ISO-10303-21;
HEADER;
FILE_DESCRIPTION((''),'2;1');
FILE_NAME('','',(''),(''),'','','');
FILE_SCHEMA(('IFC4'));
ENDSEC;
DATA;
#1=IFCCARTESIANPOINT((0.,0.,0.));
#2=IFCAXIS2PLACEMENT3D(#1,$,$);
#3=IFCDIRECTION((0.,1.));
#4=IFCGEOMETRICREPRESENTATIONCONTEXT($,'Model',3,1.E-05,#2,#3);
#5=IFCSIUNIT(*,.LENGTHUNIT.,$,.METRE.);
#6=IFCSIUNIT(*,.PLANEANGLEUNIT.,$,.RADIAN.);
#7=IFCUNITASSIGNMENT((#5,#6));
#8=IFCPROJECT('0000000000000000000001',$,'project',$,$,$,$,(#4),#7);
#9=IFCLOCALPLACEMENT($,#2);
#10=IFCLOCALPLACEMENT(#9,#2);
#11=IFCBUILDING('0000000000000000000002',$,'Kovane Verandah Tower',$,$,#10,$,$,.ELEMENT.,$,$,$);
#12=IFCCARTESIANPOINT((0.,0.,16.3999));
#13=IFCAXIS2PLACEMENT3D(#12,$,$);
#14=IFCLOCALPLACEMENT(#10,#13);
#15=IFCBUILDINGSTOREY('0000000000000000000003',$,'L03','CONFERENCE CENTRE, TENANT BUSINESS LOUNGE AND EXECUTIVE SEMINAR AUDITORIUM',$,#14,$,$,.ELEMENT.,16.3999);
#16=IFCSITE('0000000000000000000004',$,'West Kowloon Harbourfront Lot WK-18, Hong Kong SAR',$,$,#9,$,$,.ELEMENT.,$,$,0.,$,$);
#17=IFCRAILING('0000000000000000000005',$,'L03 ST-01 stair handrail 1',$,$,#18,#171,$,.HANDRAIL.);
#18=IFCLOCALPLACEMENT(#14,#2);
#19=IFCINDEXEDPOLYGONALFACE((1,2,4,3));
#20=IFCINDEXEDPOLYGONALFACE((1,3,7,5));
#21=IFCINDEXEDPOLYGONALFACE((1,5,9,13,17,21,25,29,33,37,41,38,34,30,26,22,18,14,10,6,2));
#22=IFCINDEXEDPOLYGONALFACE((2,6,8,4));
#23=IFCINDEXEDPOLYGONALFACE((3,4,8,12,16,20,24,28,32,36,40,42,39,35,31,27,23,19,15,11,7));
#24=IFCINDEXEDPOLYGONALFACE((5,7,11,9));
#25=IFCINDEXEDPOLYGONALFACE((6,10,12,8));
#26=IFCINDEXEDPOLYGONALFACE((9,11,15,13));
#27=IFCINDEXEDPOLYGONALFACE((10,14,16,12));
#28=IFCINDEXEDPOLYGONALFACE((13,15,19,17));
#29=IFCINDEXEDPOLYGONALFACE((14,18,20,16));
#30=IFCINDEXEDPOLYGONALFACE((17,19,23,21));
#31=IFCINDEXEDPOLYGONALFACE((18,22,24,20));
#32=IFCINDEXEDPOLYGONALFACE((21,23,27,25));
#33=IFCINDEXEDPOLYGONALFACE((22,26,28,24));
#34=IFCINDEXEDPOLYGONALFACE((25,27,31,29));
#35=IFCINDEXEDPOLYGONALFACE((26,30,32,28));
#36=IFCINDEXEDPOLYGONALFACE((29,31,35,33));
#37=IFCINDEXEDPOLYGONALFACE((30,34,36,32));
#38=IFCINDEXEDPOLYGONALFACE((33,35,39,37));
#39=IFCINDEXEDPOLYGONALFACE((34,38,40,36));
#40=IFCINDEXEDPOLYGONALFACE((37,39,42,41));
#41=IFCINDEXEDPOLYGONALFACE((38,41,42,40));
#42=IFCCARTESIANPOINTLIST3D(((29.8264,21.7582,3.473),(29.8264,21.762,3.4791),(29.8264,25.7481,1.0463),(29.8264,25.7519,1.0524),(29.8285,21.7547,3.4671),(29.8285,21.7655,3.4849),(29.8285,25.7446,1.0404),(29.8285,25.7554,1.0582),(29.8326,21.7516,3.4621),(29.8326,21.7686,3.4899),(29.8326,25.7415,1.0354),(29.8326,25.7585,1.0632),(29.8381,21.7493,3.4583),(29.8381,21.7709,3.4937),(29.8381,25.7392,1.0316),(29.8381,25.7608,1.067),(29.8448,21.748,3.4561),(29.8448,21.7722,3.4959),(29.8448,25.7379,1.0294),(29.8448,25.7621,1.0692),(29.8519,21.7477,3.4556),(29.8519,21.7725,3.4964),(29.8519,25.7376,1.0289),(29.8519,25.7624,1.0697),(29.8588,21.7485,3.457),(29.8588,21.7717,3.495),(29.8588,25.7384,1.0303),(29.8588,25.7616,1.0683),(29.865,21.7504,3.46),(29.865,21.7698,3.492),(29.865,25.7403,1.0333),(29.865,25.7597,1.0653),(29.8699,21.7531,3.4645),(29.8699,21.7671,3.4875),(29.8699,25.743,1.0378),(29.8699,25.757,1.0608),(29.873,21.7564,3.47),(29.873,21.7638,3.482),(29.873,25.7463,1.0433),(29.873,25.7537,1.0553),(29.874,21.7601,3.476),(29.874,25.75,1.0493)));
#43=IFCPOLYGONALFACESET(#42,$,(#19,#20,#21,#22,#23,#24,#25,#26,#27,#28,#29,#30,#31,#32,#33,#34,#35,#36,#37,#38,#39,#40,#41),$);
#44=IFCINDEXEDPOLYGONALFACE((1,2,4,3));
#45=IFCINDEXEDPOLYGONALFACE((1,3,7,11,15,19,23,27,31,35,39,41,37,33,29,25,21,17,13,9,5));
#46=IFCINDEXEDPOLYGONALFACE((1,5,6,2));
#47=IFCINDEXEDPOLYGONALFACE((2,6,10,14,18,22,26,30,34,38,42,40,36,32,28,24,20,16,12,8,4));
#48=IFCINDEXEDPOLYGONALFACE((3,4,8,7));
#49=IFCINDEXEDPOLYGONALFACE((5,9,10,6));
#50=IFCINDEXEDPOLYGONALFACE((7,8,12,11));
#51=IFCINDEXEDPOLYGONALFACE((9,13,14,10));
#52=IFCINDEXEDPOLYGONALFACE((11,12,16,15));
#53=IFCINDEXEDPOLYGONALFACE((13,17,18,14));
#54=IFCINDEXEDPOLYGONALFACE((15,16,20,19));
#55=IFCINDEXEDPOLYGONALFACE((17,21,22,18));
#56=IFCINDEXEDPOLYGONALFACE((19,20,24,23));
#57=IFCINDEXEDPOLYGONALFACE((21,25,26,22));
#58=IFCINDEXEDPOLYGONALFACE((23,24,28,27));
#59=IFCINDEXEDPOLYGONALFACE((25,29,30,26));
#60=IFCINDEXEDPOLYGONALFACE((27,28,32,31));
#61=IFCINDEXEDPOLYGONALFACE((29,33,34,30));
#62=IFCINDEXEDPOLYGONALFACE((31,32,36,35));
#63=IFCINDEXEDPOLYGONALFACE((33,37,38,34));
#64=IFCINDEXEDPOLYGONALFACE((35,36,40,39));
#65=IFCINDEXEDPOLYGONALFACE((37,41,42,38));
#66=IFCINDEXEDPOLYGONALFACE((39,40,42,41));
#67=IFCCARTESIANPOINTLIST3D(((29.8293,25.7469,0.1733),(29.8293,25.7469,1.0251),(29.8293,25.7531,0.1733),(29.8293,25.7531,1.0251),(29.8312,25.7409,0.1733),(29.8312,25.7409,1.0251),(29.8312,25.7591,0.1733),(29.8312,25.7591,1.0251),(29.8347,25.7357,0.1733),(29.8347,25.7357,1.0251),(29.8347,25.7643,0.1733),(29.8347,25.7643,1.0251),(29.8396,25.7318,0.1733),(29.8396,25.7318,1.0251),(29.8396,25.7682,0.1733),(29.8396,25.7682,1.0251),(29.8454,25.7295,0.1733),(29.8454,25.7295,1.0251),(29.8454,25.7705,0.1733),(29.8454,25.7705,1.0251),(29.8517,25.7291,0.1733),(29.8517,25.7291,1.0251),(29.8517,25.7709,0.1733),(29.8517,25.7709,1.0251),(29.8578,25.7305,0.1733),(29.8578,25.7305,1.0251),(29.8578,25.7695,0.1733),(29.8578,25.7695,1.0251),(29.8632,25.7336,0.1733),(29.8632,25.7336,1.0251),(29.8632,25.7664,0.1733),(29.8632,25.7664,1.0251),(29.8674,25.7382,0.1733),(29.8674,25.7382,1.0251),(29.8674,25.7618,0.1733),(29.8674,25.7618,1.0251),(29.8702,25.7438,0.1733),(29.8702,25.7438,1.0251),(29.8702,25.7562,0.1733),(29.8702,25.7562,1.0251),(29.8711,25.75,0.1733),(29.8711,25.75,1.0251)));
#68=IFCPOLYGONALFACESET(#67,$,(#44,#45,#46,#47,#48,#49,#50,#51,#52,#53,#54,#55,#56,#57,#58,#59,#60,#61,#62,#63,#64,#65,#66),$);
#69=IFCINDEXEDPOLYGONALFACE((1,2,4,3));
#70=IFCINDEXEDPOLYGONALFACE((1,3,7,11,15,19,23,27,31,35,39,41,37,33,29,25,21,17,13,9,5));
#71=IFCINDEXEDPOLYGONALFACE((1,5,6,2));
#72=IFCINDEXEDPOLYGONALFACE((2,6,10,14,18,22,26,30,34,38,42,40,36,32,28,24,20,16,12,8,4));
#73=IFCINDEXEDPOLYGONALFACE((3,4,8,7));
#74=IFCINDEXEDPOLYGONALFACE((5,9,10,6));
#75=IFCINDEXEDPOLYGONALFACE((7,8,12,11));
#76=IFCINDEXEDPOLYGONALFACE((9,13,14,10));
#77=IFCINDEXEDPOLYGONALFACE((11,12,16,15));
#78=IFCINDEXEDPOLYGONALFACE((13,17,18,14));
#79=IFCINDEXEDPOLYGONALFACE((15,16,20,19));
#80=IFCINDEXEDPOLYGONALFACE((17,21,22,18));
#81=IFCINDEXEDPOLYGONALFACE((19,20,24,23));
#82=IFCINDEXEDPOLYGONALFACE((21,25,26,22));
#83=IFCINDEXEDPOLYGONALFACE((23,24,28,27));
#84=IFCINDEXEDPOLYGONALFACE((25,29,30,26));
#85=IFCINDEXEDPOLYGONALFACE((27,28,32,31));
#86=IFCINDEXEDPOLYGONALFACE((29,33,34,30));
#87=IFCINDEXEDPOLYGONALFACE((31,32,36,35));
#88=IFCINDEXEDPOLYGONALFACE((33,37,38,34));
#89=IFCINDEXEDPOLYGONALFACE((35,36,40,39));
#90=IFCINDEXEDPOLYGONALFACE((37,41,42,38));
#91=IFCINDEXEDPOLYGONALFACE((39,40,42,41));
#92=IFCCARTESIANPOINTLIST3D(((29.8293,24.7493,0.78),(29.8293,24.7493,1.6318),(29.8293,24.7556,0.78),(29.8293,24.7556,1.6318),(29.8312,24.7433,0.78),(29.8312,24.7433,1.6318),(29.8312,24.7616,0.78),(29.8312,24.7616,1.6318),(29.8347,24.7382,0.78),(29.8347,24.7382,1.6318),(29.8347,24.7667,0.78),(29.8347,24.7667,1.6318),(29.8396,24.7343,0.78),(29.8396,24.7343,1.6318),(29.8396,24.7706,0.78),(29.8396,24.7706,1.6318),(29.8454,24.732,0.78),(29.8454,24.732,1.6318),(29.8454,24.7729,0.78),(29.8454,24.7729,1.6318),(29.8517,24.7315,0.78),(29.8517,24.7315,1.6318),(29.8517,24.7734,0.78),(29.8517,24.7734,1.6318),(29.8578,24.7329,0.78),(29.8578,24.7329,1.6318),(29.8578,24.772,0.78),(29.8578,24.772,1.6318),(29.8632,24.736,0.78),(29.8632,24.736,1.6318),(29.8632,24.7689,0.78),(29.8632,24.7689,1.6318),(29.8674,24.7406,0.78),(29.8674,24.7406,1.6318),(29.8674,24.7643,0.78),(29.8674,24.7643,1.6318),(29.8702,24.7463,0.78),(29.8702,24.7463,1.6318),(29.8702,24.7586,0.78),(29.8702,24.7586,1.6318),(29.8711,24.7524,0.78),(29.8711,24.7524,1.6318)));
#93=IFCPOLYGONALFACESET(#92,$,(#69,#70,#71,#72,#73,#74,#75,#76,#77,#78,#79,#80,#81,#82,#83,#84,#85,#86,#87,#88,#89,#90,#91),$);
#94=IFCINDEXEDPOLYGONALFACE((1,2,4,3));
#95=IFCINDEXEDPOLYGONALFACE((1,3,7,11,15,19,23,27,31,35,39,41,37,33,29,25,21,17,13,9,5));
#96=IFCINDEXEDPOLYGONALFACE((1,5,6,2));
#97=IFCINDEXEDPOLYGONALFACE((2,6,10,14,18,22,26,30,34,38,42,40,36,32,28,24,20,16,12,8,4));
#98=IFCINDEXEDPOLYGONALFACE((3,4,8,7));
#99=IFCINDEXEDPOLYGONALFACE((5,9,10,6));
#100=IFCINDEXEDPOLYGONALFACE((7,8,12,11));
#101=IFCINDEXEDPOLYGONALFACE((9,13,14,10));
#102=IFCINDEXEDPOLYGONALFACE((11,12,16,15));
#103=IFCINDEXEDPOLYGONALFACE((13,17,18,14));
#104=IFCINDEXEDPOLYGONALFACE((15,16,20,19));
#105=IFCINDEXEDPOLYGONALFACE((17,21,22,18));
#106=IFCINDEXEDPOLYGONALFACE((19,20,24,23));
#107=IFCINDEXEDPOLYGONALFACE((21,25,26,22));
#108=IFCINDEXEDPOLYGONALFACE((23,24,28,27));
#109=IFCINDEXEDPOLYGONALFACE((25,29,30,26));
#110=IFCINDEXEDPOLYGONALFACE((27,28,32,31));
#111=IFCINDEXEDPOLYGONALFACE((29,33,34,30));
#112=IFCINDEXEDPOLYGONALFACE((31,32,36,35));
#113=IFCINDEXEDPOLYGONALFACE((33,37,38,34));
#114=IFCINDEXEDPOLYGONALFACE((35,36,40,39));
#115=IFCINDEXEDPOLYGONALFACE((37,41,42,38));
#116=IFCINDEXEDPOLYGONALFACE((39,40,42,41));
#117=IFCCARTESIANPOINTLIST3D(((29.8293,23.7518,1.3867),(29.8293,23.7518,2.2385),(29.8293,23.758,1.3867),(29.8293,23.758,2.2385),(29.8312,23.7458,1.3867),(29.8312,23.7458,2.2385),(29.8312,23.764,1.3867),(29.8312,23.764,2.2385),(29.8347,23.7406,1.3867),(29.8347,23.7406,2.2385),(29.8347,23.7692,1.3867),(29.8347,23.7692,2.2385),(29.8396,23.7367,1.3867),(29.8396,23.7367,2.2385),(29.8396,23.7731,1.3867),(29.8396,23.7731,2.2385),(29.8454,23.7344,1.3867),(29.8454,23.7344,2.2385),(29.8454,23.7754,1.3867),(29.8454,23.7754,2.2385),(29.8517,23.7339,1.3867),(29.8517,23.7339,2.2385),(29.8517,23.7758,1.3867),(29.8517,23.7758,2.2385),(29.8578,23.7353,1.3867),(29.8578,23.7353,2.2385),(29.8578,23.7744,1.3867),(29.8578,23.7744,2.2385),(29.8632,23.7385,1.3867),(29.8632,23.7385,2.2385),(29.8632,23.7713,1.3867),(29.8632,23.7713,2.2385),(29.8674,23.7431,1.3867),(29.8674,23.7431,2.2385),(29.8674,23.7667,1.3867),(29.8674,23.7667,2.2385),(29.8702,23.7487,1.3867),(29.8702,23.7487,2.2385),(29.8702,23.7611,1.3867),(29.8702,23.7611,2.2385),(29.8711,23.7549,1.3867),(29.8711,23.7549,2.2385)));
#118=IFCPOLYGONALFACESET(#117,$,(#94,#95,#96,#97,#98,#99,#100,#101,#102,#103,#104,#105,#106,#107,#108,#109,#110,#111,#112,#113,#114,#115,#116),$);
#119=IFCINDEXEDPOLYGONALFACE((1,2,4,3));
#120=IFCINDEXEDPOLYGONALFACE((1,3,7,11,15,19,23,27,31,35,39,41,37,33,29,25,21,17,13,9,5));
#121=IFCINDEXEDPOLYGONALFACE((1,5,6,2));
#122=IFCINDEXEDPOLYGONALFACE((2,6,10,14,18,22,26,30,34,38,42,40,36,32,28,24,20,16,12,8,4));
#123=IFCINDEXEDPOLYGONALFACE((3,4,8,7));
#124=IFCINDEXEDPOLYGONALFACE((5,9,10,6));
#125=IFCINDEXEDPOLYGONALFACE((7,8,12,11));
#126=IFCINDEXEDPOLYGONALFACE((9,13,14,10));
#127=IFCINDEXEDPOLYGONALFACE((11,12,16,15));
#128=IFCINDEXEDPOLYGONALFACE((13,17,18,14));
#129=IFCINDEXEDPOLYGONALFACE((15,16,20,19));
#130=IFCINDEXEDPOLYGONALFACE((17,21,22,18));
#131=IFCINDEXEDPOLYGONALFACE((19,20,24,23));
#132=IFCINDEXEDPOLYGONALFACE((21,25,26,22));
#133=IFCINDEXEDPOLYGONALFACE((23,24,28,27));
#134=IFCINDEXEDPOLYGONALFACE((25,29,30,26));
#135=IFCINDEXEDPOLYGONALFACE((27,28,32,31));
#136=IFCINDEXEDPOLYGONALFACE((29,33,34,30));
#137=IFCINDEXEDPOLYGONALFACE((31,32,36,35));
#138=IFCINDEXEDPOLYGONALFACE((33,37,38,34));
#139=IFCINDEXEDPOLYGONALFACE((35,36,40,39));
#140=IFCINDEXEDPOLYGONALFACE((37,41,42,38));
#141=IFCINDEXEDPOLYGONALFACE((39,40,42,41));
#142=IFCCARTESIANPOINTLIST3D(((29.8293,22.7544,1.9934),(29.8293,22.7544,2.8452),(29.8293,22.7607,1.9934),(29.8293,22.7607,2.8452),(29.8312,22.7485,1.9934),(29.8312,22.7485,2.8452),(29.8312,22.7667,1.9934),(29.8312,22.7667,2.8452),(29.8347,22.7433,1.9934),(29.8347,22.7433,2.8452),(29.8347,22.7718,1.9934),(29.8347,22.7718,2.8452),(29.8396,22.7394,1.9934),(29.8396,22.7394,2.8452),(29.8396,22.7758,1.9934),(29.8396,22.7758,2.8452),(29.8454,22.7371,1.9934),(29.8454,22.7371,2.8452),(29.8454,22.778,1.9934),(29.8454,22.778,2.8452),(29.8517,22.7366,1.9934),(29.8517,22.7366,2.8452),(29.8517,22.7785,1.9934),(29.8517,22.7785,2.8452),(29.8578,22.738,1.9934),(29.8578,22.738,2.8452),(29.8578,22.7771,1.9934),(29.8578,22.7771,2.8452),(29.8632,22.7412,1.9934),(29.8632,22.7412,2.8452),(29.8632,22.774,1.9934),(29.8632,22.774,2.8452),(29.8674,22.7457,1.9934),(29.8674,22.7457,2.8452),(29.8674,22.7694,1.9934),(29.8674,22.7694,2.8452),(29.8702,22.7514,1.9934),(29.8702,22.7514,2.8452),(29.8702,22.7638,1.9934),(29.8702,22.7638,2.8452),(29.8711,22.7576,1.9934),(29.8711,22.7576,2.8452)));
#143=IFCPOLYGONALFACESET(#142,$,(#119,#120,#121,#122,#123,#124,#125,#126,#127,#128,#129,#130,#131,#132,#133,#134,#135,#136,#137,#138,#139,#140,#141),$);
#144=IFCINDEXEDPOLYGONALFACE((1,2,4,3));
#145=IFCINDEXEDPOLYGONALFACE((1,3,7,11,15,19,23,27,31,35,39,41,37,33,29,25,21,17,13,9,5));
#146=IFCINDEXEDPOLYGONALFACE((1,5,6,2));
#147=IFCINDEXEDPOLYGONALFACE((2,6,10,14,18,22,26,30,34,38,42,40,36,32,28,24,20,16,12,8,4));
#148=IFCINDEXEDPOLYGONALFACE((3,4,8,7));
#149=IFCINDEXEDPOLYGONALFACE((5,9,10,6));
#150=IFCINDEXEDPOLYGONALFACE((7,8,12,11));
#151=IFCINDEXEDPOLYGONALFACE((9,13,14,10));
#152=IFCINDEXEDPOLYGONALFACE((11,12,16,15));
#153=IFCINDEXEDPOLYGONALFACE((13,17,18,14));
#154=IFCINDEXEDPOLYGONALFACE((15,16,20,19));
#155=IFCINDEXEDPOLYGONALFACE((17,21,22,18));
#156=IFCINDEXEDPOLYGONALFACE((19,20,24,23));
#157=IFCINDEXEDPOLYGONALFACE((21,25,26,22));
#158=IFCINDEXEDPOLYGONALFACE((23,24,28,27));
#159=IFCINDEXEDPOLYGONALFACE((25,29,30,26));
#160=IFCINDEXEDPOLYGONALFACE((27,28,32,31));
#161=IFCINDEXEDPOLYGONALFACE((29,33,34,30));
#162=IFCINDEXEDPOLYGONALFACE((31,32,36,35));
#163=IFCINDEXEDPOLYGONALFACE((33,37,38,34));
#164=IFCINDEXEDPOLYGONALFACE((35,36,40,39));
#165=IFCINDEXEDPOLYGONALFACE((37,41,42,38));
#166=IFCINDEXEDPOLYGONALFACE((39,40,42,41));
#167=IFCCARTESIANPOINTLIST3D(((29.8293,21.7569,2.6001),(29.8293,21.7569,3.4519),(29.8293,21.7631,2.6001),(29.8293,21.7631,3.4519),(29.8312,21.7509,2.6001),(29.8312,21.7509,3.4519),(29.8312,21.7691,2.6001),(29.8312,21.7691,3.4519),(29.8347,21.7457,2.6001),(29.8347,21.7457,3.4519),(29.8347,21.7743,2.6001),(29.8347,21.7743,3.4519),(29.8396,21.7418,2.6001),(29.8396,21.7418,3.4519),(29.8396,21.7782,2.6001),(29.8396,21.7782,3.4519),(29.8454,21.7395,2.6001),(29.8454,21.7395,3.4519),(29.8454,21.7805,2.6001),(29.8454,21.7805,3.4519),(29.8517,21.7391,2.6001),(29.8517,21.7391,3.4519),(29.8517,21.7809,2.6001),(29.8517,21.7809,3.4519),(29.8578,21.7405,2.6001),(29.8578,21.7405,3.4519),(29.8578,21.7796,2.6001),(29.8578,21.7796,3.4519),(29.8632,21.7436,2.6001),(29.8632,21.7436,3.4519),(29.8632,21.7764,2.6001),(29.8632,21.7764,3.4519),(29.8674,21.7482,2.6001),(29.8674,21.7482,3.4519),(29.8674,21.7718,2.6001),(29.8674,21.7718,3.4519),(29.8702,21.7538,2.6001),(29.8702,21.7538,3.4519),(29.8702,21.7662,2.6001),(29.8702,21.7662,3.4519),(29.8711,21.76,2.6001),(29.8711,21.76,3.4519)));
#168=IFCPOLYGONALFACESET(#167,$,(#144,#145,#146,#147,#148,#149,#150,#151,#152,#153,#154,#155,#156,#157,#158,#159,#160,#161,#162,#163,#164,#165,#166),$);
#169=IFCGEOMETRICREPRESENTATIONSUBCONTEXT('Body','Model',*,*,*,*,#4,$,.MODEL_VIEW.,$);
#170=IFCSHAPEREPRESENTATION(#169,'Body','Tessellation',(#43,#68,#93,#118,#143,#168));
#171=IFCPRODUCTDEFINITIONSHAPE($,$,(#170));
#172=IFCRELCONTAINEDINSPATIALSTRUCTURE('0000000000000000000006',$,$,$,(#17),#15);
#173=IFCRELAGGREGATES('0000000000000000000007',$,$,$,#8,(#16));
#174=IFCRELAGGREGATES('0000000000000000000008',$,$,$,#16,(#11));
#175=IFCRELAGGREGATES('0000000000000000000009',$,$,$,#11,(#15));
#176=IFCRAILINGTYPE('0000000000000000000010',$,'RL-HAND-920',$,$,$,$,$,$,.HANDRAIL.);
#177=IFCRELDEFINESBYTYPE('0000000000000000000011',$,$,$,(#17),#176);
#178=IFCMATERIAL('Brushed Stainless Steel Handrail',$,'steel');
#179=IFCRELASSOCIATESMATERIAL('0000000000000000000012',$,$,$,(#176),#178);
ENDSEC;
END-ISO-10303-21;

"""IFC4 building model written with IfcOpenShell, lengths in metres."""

from ifc_helpers import new_model, si_unit, direction, frame, origin, origin_2d, place, context, subcontext, project, spatial, circle, extrude, material, type_object, element, save


model = new_model("IFC4")

# Units and contexts
model_context = context("Model", 3, precision=1e-05, world=origin(), true_north=direction((0.0, 1.0)))
body_context = subcontext(model_context, "Body", "Model", "MODEL_VIEW")
ifc_project = project(units=[si_unit("LENGTHUNIT", "METRE"), si_unit("PLANEANGLEUNIT", "RADIAN")], contexts=[model_context])

# Site, building, storey
site_placement = place(None, origin())
site = spatial("IfcSite", under=ifc_project, at=site_placement, Name="West Kowloon Harbourfront Lot WK-18, Hong Kong SAR", CompositionType="ELEMENT", RefElevation=0.0)
building_placement = place(site_placement, origin())
building = spatial("IfcBuilding", under=site, at=building_placement, Name="Kovane Verandah Tower", CompositionType="ELEMENT")
storey_placement = place(building_placement, frame((0.0, 0.0, 16.3999)))
storey = spatial("IfcBuildingStorey", under=building, at=storey_placement, Name="L03", Description="CONFERENCE CENTRE, TENANT BUSINESS LOUNGE AND EXECUTIVE SEMINAR AUDITORIUM", CompositionType="ELEMENT", Elevation=16.3999)

# Railing
ifc_material_1 = material(Name="Brushed Stainless Steel Handrail", Category="steel")
railing_type_1 = type_object("IfcRailingType", Name="RL-HAND-920", PredefinedType="HANDRAIL", material=ifc_material_1)
railing_1_placement = place(storey_placement, frame((29.8501, 25.75, 0.1733)))
element("IfcRailing", 1, at=railing_1_placement, inside=storey, type_object=railing_type_1, Name="L03 ST-01 stair handrail 1", PredefinedType="HANDRAIL", context=body_context, shape_type="SweptSolid", body=[
    extrude(circle(Radius=0.0239, at=origin_2d()), frame((0.0, 0.0, 0.876), z_axis=(0.0, -0.854382, 0.519645), x_axis=(1.0, 0.0, 0.0)), (0.0, 0.0, 1.0), 4.6699),
    extrude(circle(Radius=0.021, at=origin_2d()), origin(), (0.0, 0.0, 1.0), 0.8518),
    extrude(circle(Radius=0.021, at=origin_2d()), frame((0.0, -0.9976, 0.6067)), (0.0, 0.0, 1.0), 0.8518),
    extrude(circle(Radius=0.021, at=origin_2d()), frame((0.0, -1.9951, 1.2134)), (0.0, 0.0, 1.0), 0.8518),
    extrude(circle(Radius=0.021, at=origin_2d()), frame((0.0, -2.9924, 1.8201)), (0.0, 0.0, 1.0), 0.8518),
    extrude(circle(Radius=0.021, at=origin_2d()), frame((0.0, -3.99, 2.4268)), (0.0, 0.0, 1.0), 0.8518),
])

save(model, "model.ifc")
